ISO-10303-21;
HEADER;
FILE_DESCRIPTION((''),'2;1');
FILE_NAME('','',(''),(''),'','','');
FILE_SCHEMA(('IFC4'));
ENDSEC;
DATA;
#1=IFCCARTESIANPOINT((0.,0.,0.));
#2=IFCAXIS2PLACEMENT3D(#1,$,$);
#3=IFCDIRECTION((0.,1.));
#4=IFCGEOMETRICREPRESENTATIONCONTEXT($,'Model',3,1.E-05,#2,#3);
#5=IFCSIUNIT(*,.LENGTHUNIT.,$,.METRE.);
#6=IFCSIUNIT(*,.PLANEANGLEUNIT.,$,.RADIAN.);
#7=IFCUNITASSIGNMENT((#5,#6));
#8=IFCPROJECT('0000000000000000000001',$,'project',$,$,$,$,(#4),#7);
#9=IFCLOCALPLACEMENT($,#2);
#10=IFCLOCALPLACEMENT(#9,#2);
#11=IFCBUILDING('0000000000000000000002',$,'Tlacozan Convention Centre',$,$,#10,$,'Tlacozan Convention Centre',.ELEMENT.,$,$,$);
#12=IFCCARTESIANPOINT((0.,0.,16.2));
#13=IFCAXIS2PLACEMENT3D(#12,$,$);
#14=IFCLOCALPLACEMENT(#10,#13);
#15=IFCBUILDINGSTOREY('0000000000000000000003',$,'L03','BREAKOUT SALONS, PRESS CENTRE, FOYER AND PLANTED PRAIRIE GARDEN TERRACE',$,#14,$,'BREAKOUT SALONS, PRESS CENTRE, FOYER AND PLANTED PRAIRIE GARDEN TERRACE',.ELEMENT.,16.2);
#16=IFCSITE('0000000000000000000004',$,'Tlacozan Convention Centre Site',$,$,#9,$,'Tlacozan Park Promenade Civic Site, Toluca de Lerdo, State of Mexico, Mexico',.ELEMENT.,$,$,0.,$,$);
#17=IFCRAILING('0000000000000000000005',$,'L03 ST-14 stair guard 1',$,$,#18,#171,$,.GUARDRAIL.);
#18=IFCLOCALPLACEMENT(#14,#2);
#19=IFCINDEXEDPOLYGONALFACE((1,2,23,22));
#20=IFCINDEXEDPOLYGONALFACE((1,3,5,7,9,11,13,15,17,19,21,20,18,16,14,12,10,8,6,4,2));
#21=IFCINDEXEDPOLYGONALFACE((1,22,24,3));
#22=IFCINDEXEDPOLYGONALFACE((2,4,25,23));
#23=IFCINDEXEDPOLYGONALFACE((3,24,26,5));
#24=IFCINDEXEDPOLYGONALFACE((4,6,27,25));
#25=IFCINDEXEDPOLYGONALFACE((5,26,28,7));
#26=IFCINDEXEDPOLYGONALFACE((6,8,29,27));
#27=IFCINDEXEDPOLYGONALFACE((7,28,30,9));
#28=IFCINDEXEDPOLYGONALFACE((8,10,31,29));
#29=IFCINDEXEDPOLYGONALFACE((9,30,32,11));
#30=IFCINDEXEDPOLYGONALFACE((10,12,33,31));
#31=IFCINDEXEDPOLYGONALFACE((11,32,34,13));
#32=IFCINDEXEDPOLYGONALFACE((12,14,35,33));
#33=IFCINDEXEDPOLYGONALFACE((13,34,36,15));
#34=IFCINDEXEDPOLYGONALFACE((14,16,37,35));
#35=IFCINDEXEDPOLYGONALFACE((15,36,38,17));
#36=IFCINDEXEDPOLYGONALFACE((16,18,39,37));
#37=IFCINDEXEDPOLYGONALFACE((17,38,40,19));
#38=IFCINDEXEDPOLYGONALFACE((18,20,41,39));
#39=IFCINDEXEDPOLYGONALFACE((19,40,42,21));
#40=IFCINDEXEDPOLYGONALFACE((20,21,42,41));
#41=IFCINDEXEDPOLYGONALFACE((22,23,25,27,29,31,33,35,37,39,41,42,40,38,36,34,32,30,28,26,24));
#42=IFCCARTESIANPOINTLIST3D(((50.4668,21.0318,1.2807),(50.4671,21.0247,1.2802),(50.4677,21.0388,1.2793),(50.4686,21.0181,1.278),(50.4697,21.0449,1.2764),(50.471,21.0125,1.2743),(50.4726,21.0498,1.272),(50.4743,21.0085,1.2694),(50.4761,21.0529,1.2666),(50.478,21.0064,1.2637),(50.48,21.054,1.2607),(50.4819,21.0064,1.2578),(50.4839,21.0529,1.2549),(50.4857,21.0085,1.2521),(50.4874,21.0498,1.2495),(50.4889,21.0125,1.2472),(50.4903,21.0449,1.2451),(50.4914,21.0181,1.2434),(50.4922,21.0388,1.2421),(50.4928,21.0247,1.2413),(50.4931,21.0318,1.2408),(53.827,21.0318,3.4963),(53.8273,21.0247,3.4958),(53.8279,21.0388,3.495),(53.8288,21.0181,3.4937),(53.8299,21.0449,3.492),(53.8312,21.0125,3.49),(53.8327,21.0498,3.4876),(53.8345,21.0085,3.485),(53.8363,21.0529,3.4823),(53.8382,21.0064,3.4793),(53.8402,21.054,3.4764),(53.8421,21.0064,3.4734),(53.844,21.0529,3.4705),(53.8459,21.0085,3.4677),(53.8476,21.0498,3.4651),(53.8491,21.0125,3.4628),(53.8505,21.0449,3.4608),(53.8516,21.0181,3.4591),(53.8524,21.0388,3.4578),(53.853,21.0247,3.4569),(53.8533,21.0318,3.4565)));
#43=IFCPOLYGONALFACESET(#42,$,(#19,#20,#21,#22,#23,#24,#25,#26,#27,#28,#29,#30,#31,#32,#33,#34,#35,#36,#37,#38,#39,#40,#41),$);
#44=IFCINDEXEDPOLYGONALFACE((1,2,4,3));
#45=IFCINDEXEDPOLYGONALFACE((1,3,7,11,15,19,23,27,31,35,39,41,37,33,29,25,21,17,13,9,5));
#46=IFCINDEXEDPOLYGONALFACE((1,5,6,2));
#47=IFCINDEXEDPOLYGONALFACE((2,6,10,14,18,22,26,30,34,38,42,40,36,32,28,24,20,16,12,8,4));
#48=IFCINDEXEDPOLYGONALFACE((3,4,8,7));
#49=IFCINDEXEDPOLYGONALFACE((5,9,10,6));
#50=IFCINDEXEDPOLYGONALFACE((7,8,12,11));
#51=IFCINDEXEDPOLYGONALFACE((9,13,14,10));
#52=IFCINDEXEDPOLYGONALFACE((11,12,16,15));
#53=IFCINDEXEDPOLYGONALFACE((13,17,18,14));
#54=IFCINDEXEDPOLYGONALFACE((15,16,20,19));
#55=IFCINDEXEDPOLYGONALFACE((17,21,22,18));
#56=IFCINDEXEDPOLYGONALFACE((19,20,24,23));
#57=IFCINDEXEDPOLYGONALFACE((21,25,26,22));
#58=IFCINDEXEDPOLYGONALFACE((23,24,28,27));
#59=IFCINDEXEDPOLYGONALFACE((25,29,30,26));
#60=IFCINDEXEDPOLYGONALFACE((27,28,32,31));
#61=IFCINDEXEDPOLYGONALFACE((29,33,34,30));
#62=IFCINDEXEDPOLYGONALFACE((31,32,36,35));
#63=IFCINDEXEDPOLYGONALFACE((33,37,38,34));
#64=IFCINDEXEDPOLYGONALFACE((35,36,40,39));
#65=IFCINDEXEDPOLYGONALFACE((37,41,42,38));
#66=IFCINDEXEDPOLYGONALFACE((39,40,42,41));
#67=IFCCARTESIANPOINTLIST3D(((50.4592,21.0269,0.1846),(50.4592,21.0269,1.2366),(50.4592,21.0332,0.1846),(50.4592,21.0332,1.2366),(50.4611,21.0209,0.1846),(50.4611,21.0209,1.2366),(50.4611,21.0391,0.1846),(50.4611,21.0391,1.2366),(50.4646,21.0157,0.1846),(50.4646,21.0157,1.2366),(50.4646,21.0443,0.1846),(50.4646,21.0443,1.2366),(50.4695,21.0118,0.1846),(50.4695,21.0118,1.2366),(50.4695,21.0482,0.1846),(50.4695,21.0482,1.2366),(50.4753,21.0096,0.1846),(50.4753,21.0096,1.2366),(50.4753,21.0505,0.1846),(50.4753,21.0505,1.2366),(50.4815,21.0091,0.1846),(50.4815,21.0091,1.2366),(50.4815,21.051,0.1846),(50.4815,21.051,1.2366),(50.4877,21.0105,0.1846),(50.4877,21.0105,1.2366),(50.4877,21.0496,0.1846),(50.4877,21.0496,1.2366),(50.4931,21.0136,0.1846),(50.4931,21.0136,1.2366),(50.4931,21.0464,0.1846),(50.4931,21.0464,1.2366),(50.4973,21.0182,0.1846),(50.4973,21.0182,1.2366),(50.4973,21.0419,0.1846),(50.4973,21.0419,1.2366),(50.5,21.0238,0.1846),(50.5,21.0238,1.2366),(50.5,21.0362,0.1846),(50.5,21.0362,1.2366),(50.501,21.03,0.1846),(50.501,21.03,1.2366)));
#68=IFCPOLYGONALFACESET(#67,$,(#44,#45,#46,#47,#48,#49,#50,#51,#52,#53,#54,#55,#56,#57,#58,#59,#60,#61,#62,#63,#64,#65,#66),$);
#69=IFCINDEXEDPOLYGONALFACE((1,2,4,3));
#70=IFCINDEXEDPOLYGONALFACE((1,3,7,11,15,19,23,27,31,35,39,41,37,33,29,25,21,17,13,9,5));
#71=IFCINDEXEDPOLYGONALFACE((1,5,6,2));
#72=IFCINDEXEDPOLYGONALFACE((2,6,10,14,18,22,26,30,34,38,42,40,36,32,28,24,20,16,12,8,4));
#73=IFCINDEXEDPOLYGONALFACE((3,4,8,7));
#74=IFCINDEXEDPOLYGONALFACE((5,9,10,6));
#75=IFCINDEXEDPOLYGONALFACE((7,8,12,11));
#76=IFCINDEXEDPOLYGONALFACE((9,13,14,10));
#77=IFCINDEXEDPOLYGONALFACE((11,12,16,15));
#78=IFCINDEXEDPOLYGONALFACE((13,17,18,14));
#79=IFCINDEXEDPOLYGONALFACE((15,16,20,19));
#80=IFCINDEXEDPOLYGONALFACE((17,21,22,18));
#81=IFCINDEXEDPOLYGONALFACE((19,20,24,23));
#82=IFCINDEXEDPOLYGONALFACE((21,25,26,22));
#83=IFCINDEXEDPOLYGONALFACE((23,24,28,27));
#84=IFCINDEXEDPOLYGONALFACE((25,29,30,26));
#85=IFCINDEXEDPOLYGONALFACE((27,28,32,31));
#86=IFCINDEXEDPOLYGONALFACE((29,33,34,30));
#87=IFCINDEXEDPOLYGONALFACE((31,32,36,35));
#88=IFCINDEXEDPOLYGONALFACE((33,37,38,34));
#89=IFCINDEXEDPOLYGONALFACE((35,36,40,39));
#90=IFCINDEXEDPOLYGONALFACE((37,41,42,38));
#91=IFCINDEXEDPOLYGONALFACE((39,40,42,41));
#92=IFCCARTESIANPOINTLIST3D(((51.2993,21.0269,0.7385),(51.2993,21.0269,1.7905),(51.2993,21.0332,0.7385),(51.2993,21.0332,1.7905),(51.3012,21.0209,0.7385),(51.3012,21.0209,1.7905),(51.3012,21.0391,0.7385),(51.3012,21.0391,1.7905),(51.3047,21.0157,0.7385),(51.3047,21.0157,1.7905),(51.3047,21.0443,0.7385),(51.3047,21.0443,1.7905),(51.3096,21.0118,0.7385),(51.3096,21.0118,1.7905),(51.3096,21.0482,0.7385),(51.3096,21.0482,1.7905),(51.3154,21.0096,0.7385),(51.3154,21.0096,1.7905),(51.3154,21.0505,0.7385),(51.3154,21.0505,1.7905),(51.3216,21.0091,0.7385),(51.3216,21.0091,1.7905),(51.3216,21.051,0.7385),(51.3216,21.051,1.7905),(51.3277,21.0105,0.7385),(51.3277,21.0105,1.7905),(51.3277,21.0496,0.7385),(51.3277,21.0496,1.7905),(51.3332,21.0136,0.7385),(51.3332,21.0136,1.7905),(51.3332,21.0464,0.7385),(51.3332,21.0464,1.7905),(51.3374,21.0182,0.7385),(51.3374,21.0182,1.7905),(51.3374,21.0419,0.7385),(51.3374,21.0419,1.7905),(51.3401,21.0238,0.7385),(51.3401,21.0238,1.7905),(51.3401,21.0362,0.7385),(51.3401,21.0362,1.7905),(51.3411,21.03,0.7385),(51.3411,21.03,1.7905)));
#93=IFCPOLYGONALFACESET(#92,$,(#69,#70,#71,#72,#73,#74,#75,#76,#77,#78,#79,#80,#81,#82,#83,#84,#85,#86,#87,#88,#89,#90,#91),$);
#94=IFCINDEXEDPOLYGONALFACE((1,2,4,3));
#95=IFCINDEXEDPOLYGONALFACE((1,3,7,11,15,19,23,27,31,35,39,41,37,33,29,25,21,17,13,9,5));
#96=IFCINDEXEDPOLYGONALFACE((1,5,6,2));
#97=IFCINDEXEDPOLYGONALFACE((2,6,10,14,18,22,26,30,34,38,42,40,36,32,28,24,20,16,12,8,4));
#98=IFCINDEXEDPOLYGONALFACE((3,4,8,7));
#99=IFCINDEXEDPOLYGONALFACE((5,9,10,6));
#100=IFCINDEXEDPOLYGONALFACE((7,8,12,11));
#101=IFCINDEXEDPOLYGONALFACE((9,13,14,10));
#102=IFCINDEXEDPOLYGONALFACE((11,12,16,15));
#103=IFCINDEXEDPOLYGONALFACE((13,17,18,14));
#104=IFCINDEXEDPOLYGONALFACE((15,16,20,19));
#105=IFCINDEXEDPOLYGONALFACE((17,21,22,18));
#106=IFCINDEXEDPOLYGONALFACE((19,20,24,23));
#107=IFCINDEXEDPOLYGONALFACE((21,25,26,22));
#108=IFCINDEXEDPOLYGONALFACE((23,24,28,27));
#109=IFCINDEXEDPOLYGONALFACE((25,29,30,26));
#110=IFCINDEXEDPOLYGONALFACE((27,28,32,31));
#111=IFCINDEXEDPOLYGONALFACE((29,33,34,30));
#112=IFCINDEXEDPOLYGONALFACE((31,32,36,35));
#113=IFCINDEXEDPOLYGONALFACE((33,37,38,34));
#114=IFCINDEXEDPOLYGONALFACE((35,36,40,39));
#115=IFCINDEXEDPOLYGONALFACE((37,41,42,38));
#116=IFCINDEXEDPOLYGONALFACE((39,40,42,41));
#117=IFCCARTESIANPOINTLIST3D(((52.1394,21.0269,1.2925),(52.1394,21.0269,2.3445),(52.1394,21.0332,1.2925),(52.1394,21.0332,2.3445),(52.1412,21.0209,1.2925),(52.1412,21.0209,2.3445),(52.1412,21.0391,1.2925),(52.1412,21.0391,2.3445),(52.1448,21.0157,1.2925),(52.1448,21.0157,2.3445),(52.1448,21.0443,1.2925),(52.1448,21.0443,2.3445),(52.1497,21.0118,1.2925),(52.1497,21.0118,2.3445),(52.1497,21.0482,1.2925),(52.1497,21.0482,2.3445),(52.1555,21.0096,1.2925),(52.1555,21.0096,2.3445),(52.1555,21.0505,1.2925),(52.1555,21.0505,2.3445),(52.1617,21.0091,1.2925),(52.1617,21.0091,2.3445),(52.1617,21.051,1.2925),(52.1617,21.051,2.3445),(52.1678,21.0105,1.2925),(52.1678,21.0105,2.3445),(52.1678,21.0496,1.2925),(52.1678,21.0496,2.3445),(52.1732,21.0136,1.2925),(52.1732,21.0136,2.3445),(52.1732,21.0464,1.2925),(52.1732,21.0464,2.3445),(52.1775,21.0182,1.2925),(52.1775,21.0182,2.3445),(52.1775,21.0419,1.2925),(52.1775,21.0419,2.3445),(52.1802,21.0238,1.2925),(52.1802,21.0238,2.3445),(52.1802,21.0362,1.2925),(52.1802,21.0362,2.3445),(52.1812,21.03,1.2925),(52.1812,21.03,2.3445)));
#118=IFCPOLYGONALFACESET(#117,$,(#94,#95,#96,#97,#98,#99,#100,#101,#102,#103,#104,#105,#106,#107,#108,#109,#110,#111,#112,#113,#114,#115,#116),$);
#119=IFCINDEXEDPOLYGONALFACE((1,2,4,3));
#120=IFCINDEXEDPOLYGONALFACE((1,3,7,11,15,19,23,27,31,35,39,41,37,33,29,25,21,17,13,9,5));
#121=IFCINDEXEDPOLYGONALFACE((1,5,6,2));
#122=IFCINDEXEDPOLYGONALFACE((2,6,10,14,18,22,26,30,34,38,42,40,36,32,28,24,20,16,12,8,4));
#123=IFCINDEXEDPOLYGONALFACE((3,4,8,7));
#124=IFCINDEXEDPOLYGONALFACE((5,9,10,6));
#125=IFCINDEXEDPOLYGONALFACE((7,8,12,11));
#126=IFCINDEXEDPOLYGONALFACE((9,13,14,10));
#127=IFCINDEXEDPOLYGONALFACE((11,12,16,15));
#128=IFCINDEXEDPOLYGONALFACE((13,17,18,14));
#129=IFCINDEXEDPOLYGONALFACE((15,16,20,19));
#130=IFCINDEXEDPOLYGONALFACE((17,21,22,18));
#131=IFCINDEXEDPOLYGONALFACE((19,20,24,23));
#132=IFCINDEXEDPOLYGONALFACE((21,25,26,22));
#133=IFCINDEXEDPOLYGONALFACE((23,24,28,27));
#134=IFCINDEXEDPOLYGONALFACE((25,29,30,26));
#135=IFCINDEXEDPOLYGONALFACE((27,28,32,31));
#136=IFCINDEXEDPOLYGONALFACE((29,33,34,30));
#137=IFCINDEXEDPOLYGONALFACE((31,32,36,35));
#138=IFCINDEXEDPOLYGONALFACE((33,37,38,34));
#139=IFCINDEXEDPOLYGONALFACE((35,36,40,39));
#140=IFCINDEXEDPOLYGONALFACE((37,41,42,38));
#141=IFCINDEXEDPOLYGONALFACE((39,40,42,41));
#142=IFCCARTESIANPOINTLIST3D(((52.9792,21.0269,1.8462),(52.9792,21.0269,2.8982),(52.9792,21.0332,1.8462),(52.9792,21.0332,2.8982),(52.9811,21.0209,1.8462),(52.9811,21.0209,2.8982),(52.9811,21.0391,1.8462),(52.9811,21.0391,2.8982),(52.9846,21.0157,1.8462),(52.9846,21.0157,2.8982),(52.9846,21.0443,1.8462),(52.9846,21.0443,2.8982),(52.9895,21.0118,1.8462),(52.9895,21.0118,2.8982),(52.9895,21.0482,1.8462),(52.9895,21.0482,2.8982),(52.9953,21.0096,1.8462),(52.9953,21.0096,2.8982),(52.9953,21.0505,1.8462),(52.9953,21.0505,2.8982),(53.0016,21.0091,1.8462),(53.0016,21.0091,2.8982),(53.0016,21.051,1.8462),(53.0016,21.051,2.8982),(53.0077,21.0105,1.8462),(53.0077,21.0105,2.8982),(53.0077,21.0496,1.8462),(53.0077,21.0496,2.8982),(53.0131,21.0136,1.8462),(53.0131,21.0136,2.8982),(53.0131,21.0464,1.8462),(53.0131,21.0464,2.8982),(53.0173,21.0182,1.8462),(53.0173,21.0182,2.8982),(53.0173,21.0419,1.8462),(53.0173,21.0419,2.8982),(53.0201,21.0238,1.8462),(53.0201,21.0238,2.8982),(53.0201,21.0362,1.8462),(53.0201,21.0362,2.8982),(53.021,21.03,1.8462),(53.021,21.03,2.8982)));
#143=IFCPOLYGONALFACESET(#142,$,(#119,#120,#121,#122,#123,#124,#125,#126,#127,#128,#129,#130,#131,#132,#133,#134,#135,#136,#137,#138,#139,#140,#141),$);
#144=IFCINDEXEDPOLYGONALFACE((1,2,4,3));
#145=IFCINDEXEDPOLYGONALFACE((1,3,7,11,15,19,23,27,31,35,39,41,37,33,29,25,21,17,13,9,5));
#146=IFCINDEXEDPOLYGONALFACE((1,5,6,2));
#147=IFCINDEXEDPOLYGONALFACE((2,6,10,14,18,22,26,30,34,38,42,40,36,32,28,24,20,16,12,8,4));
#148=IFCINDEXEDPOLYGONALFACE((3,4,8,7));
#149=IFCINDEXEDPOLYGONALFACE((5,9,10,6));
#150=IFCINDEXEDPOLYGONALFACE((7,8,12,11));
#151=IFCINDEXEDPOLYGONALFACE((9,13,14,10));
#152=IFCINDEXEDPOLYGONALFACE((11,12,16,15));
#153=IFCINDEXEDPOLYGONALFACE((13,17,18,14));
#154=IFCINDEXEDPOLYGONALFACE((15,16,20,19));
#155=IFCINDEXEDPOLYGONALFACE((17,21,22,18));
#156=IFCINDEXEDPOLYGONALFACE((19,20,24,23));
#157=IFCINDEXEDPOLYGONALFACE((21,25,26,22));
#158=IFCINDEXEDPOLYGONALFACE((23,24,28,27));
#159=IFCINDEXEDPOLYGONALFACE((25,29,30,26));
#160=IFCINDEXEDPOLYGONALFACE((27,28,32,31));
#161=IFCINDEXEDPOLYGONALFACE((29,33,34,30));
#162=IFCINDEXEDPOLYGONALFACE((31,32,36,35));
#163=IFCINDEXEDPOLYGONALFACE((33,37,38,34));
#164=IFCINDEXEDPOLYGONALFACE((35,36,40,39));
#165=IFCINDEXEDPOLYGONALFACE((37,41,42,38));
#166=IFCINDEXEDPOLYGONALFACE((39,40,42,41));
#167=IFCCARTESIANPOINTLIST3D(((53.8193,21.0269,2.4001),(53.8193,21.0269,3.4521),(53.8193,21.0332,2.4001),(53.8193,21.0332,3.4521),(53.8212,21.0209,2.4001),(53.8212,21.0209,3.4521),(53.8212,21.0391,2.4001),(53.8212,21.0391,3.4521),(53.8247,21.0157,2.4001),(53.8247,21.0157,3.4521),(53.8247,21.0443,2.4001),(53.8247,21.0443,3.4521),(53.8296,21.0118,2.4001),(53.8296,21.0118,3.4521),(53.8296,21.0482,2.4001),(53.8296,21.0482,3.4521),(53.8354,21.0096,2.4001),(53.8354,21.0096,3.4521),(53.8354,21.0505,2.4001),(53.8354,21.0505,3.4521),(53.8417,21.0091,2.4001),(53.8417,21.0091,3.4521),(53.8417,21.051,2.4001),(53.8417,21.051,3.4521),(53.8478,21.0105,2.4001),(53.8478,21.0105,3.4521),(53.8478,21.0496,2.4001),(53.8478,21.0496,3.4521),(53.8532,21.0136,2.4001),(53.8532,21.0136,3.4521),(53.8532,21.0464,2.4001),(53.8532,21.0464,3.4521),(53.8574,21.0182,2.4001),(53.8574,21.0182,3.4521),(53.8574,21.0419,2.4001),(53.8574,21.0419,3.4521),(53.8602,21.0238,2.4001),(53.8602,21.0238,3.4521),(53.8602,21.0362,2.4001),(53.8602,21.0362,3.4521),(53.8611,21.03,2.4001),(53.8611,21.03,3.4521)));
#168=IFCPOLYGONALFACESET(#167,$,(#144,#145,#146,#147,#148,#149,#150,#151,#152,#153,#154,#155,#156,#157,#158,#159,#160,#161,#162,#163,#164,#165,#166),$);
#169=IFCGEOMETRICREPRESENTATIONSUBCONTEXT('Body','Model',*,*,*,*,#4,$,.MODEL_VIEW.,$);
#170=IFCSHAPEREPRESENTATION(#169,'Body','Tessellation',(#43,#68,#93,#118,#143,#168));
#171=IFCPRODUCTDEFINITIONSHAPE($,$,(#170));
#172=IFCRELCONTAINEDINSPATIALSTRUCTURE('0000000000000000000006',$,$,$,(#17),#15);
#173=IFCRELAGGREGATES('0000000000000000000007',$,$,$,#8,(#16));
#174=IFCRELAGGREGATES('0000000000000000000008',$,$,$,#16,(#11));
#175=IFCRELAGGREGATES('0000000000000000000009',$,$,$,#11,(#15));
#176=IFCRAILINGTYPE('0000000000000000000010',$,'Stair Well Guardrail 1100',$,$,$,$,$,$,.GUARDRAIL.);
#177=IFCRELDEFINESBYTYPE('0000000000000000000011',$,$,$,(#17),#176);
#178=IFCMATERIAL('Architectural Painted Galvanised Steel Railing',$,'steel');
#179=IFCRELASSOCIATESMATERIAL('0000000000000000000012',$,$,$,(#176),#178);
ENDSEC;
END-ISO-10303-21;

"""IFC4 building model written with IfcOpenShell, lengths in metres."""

from ifc_helpers import new_model, si_unit, direction, frame, origin, origin_2d, place, context, subcontext, project, spatial, circle, extrude, material, type_object, element, save


model = new_model("IFC4")

# Units and contexts
model_context = context("Model", 3, precision=1e-05, world=origin(), true_north=direction((0.0, 1.0)))
body_context = subcontext(model_context, "Body", "Model", "MODEL_VIEW")
ifc_project = project(units=[si_unit("LENGTHUNIT", "METRE"), si_unit("PLANEANGLEUNIT", "RADIAN")], contexts=[model_context])

# Site, building, storey
site_placement = place(None, origin())
site = spatial("IfcSite", under=ifc_project, at=site_placement, Name="Tlacozan Convention Centre Site", LongName="Tlacozan Park Promenade Civic Site, Toluca de Lerdo, State of Mexico, Mexico", CompositionType="ELEMENT", RefElevation=0.0)
building_placement = place(site_placement, origin())
building = spatial("IfcBuilding", under=site, at=building_placement, Name="Tlacozan Convention Centre", LongName="Tlacozan Convention Centre", CompositionType="ELEMENT")
storey_placement = place(building_placement, frame((0.0, 0.0, 16.2)))
storey = spatial("IfcBuildingStorey", under=building, at=storey_placement, Name="L03", Description="BREAKOUT SALONS, PRESS CENTRE, FOYER AND PLANTED PRAIRIE GARDEN TERRACE", LongName="BREAKOUT SALONS, PRESS CENTRE, FOYER AND PLANTED PRAIRIE GARDEN TERRACE", CompositionType="ELEMENT", Elevation=16.2)

# Railing
ifc_material_1 = material(Name="Architectural Painted Galvanised Steel Railing", Category="steel")
railing_type_1 = type_object("IfcRailingType", Name="Stair Well Guardrail 1100", PredefinedType="GUARDRAIL", material=ifc_material_1)
railing_1_placement = place(storey_placement, frame((50.48, 21.03, 0.1846)))
element("IfcRailing", 1, at=railing_1_placement, inside=storey, type_object=railing_type_1, Name="L03 ST-14 stair guard 1", PredefinedType="GUARDRAIL", context=body_context, shape_type="SweptSolid", body=[
    extrude(circle(Radius=0.0239, at=origin_2d()), frame((0.0, 0.0, 1.0762), z_axis=(0.834849, 0.0, 0.55048), x_axis=(0.0, 1.0, 0.0)), (0.0, 0.0, 1.0), 4.0249),
    extrude(circle(Radius=0.021, at=origin_2d()), origin(), (0.0, 0.0, 1.0), 1.052),
    extrude(circle(Radius=0.021, at=origin_2d()), frame((0.8401, 0.0, 0.554)), (0.0, 0.0, 1.0), 1.052),
    extrude(circle(Radius=0.021, at=origin_2d()), frame((1.6802, 0.0, 1.1079)), (0.0, 0.0, 1.0), 1.052),
    extrude(circle(Radius=0.021, at=origin_2d()), frame((2.52, 0.0, 1.6616)), (0.0, 0.0, 1.0), 1.052),
    extrude(circle(Radius=0.021, at=origin_2d()), frame((3.3601, 0.0, 2.2156)), (0.0, 0.0, 1.0), 1.052),
])

save(model, "model.ifc")
